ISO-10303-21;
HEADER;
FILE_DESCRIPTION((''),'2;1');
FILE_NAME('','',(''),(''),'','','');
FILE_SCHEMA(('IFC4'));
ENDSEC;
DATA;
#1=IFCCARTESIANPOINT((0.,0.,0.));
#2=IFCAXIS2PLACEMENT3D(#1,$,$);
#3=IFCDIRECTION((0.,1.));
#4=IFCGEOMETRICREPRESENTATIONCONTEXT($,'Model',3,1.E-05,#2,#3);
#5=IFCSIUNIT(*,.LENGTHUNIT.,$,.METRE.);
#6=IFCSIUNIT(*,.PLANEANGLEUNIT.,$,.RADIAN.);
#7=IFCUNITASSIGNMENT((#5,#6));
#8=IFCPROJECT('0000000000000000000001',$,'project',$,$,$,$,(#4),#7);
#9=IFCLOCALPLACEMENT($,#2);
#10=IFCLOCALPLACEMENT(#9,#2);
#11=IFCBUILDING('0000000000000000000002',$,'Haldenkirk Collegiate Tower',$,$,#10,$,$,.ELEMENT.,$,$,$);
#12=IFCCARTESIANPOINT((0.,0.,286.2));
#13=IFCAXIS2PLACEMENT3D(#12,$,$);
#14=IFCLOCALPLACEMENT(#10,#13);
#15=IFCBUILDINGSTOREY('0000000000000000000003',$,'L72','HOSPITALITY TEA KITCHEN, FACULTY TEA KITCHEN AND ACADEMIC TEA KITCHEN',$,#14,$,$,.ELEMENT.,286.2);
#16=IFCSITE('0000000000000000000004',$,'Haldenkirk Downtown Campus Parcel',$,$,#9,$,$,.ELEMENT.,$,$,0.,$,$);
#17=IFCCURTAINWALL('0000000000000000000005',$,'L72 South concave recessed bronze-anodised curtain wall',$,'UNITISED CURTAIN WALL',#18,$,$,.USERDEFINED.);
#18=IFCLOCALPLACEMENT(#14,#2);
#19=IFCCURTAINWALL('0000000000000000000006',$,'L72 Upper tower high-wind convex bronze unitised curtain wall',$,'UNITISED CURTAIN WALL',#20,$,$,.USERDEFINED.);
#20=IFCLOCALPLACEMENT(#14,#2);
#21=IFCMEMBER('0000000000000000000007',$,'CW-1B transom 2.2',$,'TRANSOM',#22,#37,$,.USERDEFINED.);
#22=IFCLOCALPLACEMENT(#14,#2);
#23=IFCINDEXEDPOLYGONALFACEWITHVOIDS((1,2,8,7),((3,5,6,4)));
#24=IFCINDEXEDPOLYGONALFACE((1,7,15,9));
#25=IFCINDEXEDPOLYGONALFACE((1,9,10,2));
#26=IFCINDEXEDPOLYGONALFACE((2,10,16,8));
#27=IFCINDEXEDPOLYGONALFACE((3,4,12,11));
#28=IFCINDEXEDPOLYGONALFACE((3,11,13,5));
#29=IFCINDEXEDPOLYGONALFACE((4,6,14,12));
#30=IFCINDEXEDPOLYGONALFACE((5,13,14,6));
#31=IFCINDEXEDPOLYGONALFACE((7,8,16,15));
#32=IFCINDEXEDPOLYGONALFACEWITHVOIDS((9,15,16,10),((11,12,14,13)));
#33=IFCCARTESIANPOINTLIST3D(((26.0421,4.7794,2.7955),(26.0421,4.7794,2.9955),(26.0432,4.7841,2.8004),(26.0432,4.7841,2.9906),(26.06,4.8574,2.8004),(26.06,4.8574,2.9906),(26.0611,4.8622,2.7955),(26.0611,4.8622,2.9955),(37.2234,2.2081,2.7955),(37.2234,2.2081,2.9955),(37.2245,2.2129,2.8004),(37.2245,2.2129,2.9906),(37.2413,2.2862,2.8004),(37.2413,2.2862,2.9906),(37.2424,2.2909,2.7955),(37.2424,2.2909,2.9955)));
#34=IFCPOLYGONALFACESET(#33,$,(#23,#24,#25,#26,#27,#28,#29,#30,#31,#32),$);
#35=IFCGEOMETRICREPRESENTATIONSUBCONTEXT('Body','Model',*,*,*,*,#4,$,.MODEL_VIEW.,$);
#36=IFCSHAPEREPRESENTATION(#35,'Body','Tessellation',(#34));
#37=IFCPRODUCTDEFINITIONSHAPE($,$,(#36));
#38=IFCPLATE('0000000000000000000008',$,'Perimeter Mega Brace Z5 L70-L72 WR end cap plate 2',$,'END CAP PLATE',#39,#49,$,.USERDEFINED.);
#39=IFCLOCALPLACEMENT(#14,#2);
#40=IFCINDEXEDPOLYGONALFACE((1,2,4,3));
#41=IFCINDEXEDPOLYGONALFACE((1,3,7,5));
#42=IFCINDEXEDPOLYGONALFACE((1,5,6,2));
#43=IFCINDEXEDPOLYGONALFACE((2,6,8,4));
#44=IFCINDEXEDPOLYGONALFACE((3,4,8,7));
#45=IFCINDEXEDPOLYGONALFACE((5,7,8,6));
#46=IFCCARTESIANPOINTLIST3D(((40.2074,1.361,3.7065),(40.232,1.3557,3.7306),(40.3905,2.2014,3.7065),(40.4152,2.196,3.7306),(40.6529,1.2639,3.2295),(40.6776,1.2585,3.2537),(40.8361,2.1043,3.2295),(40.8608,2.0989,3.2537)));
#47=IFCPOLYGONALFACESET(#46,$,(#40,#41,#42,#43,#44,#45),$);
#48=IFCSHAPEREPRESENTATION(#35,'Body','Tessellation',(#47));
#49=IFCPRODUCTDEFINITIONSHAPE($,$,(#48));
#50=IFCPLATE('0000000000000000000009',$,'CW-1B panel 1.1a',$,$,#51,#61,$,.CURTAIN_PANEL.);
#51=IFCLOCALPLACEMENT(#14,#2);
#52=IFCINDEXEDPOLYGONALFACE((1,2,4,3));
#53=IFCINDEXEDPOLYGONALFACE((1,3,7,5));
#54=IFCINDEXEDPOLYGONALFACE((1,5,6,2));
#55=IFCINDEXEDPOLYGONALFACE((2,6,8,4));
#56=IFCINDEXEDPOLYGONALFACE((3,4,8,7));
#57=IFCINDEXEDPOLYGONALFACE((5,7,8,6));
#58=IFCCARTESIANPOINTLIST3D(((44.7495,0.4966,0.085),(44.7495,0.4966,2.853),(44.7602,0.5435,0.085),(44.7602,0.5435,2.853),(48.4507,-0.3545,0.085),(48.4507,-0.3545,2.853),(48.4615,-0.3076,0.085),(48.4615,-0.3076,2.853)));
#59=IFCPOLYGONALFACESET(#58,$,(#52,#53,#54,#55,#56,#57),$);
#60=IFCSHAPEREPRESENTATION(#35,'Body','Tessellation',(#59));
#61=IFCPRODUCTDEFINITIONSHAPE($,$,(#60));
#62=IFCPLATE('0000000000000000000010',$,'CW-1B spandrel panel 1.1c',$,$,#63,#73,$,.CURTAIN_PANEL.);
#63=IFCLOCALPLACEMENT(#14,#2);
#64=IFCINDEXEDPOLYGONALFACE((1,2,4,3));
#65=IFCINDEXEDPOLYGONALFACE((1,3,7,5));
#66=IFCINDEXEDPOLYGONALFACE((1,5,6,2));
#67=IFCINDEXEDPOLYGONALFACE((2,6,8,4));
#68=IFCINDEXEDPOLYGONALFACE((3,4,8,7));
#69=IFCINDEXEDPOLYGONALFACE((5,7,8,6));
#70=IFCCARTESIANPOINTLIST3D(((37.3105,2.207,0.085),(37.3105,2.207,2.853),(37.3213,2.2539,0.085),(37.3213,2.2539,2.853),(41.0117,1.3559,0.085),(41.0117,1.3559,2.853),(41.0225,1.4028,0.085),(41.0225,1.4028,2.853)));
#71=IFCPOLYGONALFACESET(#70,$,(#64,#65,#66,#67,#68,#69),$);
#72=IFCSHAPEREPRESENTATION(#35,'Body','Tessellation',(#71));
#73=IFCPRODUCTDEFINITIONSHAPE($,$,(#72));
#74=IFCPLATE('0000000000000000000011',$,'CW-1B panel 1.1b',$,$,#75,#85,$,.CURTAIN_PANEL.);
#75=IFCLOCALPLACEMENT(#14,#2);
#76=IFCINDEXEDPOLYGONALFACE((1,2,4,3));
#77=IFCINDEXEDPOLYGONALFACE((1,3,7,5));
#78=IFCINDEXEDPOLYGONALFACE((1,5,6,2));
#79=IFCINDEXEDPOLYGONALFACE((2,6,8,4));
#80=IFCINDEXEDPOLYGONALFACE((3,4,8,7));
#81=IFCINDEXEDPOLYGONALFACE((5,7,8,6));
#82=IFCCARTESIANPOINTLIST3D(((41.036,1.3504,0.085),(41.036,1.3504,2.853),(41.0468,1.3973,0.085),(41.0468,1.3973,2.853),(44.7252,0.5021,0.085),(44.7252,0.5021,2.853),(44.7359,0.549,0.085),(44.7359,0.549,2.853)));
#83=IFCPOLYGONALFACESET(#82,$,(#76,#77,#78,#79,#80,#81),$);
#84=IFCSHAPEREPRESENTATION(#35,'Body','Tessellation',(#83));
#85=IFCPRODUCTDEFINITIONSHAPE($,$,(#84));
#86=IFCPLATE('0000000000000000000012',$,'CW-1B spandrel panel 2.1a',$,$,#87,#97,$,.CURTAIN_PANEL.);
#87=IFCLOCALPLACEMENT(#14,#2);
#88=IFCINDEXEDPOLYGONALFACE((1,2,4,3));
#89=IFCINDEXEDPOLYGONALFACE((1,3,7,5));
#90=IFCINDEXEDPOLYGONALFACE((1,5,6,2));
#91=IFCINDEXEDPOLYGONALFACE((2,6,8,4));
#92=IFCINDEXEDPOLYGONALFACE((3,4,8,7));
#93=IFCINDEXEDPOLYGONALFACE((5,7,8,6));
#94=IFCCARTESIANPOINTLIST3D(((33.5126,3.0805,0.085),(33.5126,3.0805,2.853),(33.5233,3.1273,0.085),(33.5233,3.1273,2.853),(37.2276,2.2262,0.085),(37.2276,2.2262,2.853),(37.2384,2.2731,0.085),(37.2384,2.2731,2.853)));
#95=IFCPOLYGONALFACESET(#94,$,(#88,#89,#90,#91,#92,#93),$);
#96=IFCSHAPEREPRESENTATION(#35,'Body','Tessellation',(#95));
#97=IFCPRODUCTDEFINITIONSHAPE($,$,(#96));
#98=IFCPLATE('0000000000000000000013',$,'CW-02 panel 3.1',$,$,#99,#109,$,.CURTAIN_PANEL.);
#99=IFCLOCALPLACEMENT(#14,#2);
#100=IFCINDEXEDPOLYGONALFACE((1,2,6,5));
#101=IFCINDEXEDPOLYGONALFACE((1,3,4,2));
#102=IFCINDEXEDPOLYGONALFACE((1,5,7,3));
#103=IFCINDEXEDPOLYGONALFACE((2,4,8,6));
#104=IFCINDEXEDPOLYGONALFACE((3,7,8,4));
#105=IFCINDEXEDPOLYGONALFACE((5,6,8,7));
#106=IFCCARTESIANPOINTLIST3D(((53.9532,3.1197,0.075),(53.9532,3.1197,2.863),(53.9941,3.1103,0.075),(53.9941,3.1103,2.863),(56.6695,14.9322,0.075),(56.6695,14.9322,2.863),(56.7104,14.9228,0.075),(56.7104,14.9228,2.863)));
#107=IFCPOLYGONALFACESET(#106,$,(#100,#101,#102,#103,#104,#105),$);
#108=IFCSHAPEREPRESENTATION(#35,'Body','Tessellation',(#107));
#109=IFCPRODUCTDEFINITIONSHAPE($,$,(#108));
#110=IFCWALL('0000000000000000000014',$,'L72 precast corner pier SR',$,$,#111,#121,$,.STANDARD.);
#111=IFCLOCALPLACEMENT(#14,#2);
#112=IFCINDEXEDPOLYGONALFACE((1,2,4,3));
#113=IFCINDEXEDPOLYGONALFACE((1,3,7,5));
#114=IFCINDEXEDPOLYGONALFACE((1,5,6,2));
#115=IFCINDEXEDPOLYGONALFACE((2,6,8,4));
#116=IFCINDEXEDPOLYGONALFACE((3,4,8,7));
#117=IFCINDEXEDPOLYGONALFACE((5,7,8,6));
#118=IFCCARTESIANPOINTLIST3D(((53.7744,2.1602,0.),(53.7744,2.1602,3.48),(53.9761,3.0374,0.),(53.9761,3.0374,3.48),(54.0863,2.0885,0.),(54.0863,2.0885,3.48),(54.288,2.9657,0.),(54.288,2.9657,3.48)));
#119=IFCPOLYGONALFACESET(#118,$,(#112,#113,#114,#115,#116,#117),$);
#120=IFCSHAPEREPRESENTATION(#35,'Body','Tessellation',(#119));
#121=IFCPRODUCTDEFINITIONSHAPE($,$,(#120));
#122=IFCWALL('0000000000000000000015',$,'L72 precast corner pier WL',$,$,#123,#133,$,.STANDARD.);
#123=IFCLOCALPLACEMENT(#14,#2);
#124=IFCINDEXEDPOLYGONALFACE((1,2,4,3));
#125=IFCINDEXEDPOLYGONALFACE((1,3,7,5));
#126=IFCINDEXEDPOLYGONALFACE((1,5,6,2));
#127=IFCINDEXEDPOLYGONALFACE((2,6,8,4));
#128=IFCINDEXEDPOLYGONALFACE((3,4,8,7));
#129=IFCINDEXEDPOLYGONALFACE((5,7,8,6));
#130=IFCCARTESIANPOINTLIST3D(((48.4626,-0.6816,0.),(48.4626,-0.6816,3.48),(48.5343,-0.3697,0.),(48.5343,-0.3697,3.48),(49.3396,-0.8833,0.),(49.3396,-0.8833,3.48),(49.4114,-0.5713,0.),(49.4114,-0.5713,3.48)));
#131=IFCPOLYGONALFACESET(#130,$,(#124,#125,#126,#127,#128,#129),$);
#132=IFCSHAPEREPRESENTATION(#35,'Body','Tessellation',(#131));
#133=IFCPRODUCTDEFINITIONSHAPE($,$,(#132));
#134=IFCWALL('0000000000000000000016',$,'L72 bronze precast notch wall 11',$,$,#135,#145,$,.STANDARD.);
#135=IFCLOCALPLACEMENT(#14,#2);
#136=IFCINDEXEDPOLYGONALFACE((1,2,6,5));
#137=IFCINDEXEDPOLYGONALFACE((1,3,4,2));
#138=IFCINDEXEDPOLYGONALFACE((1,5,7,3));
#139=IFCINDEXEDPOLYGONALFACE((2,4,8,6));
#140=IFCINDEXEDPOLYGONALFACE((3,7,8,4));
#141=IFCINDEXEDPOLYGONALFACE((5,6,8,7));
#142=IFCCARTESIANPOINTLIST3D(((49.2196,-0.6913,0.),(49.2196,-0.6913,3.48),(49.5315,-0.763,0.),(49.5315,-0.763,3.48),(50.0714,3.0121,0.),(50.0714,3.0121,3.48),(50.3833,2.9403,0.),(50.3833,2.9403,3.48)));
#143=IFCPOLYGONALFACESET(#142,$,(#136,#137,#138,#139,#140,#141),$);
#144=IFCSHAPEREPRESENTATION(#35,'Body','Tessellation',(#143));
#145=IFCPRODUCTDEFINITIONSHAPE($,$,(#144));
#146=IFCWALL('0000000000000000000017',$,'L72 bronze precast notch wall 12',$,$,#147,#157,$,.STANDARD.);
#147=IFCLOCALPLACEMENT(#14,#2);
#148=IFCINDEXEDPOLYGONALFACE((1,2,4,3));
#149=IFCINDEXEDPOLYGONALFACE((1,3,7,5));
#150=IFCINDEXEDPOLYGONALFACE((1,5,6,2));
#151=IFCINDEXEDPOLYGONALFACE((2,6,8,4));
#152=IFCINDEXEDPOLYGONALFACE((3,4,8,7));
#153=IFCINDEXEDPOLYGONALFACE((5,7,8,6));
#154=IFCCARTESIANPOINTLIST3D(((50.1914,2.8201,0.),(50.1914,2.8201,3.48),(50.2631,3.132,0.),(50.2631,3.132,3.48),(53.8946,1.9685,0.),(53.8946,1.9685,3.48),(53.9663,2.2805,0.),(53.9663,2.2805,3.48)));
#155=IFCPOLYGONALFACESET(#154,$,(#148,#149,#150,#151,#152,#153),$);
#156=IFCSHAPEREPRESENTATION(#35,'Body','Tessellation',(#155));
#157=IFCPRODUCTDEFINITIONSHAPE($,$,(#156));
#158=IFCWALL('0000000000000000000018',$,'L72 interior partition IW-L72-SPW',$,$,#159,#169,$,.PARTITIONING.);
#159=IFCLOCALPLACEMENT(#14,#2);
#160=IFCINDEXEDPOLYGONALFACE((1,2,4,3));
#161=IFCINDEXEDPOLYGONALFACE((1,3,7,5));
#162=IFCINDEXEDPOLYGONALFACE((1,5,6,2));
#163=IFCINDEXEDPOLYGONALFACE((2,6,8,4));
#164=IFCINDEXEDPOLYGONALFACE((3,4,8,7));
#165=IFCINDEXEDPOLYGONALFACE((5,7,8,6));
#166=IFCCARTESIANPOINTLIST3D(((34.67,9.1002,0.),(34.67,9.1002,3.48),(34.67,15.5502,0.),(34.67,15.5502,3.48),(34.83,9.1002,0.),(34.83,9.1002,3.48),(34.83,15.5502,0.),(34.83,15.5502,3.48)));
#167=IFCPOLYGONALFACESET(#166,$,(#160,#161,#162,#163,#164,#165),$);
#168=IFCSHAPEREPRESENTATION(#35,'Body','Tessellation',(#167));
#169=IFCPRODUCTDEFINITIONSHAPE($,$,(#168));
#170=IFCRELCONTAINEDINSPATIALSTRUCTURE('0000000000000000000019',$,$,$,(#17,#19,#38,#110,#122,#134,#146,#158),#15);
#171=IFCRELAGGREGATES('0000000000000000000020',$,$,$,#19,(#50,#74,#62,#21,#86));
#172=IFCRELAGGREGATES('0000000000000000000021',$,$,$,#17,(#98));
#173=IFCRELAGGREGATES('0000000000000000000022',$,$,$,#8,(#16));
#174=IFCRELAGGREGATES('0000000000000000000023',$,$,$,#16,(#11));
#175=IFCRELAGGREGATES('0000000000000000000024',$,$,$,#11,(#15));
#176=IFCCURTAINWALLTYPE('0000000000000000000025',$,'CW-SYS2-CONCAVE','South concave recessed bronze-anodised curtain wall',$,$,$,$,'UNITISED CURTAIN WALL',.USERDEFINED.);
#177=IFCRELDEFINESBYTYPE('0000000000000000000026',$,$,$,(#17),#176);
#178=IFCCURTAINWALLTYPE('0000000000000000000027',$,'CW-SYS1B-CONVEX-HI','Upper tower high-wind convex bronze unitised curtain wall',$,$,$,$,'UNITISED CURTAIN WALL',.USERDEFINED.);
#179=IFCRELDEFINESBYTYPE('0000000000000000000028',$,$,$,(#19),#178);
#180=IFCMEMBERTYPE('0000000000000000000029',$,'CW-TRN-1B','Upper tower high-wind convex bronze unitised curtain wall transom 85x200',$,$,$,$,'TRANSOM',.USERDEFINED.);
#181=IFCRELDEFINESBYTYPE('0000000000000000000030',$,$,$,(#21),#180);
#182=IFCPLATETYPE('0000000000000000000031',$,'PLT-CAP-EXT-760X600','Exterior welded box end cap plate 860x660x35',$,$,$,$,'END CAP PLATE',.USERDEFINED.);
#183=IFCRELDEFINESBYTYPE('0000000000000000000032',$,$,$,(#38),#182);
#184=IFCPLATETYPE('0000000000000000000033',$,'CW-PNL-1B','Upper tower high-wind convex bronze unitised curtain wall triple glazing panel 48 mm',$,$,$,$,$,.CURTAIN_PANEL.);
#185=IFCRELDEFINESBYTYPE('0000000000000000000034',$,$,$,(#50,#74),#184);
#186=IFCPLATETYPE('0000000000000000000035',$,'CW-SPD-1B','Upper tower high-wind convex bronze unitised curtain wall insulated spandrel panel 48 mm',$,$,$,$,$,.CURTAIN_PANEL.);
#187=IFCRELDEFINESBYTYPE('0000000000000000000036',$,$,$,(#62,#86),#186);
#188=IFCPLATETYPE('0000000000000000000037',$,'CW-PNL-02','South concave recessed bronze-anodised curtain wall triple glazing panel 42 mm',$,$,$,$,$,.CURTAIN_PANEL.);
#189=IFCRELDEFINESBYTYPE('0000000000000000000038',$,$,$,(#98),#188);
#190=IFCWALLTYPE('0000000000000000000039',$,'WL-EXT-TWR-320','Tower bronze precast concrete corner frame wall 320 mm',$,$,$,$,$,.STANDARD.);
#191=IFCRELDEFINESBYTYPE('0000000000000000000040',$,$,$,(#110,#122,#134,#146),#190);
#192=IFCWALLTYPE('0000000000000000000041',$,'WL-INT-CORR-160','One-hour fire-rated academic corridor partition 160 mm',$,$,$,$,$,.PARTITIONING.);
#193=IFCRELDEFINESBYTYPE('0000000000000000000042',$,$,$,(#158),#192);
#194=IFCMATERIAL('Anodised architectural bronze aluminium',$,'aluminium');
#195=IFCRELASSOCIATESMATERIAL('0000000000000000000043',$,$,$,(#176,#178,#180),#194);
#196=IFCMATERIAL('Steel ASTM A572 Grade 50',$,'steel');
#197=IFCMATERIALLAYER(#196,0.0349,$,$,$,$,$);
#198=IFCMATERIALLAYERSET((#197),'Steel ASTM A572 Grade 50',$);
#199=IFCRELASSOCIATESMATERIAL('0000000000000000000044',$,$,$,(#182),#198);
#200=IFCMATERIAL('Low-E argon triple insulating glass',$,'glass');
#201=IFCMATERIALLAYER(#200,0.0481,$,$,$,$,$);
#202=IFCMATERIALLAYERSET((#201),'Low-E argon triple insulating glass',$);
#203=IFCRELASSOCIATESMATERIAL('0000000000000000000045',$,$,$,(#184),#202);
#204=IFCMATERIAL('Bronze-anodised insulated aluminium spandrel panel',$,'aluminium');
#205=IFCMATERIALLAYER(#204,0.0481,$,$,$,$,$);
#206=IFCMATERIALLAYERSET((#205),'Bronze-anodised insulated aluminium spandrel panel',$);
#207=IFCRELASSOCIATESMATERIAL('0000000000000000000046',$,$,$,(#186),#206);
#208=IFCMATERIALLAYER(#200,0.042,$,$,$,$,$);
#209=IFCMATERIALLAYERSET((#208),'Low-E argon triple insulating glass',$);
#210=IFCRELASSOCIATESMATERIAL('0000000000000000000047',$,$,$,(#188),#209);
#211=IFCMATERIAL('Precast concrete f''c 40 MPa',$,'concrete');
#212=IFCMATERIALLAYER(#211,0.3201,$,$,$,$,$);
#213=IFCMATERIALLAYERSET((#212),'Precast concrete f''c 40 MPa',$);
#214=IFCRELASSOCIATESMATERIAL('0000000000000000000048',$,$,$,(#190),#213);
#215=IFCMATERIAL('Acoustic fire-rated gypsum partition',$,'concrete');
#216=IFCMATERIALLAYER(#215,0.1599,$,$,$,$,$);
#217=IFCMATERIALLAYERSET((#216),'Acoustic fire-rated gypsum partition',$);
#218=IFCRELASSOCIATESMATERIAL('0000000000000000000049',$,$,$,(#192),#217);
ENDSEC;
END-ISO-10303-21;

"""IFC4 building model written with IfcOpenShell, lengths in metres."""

from ifc_helpers import new_model, si_unit, direction, frame, frame_2d, origin, origin_2d, place, context, subcontext, project, spatial, rectangle, hollow_rectangle, extrude, source, transform, mapped, material, layer, layer_set, material_profile, profile_set, type_object, element, aggregate, save


model = new_model("IFC4")

# Units and contexts
model_context = context("Model", 3, precision=1e-05, world=origin(), true_north=direction((0.0, 1.0)))
body_context = subcontext(model_context, "Body", "Model", "MODEL_VIEW")
ifc_project = project(units=[si_unit("LENGTHUNIT", "METRE"), si_unit("PLANEANGLEUNIT", "RADIAN")], contexts=[model_context])

# Site, building, storey
site_placement = place(None, origin())
site = spatial("IfcSite", under=ifc_project, at=site_placement, Name="Haldenkirk Downtown Campus Parcel", CompositionType="ELEMENT", RefElevation=0.0)
building_placement = place(site_placement, origin())
building = spatial("IfcBuilding", under=site, at=building_placement, Name="Haldenkirk Collegiate Tower", CompositionType="ELEMENT")
storey_placement = place(building_placement, frame((0.0, 0.0, 286.2)))
storey = spatial("IfcBuildingStorey", under=building, at=storey_placement, Name="L72", Description="HOSPITALITY TEA KITCHEN, FACULTY TEA KITCHEN AND ACADEMIC TEA KITCHEN", CompositionType="ELEMENT", Elevation=286.2)

# Shared definitions
ifc_material_1 = material(Name="Steel ASTM A572 Grade 50", Category="steel")

# Curtain walls
ifc_material_2 = material(Name="Anodised architectural bronze aluminium", Category="aluminium")
curtain_wall_type_1 = type_object("IfcCurtainWallType", Name="CW-SYS2-CONCAVE", Description="South concave recessed bronze-anodised curtain wall", ElementType="UNITISED CURTAIN WALL", PredefinedType="USERDEFINED", material=ifc_material_2)
curtain_wall_1_placement = place(storey_placement, origin())
curtain_wall_1 = element("IfcCurtainWall", 1, at=curtain_wall_1_placement, inside=storey, type_object=curtain_wall_type_1, Name="L72 South concave recessed bronze-anodised curtain wall", ObjectType="UNITISED CURTAIN WALL", PredefinedType="USERDEFINED")
curtain_wall_type_2 = type_object("IfcCurtainWallType", Name="CW-SYS1B-CONVEX-HI", Description="Upper tower high-wind convex bronze unitised curtain wall", ElementType="UNITISED CURTAIN WALL", PredefinedType="USERDEFINED", material=ifc_material_2)
curtain_wall_2_placement = place(storey_placement, origin())
curtain_wall_2 = element("IfcCurtainWall", 2, at=curtain_wall_2_placement, inside=storey, type_object=curtain_wall_type_2, Name="L72 Upper tower high-wind convex bronze unitised curtain wall", ObjectType="UNITISED CURTAIN WALL", PredefinedType="USERDEFINED")

# Member
ifc_material_profile_1 = material_profile(ifc_material_2, hollow_rectangle(XDim=0.085, YDim=0.2, WallThickness=0.0049, at=origin_2d()), Name="CW-TRN-1B")
ifc_profile_set_1 = profile_set([ifc_material_profile_1], Name="Anodised architectural bronze aluminium")
member_type_1 = type_object("IfcMemberType", Name="CW-TRN-1B", Description="Upper tower high-wind convex bronze unitised curtain wall transom 85x200", ElementType="TRANSOM", PredefinedType="USERDEFINED", material=ifc_profile_set_1)
member_1_placement = place(storey_placement, frame((37.2329, 2.2495, 2.8955), z_axis=(-0.974563, 0.224112, 0.0), x_axis=(-0.224112, -0.974563, 0.0)))
member_1 = element("IfcMember", 3, at=member_1_placement, type_object=member_type_1, Name="CW-1B transom 2.2", ObjectType="TRANSOM", PredefinedType="USERDEFINED", context=body_context, shape_type="SweptSolid", body=[
    extrude(hollow_rectangle(XDim=0.085, YDim=0.2, WallThickness=0.0049, at=origin_2d()), origin(), (0.0, 0.0, 1.0), 11.4731),
])

# Plates
ifc_layer_1 = layer(ifc_material_1, 0.0349)
ifc_layer_set_1 = layer_set([ifc_layer_1], Name="Steel ASTM A572 Grade 50")
plate_type_1 = type_object("IfcPlateType", Name="PLT-CAP-EXT-760X600", Description="Exterior welded box end cap plate 860x660x35", ElementType="END CAP PLATE", PredefinedType="USERDEFINED", material=ifc_layer_set_1)
shared_shape_1 = source(origin(), body_context, "Body", "SweptSolid", [
    extrude(rectangle(XDim=0.8601, YDim=0.6599, at=origin_2d()), origin(), (0.0, 0.0, 1.0), 0.0349),
])
plate_1_placement = place(storey_placement, frame((40.5217, 1.7327, 3.468), z_axis=(0.706196, -0.153912, 0.691085), x_axis=(0.212947, 0.977064, 0.0)))
element("IfcPlate", 4, at=plate_1_placement, inside=storey, type_object=plate_type_1, Name="Perimeter Mega Brace Z5 L70-L72 WR end cap plate 2", ObjectType="END CAP PLATE", PredefinedType="USERDEFINED", context=body_context, shape_type="MappedRepresentation", body=[
    mapped(shared_shape_1, transform((0.0, 0.0, 0.0), x_axis=(1.0, 0.0, 0.0), y_axis=(0.0, 1.0, 0.0), z_axis=(0.0, 0.0, 1.0), scale=1.0)),
])
ifc_material_3 = material(Name="Low-E argon triple insulating glass", Category="glass")
ifc_layer_2 = layer(ifc_material_3, 0.0481)
ifc_layer_set_2 = layer_set([ifc_layer_2], Name="Low-E argon triple insulating glass")
plate_type_2 = type_object("IfcPlateType", Name="CW-PNL-1B", Description="Upper tower high-wind convex bronze unitised curtain wall triple glazing panel 48 mm", PredefinedType="CURTAIN_PANEL", material=ifc_layer_set_2)
shared_shape_2 = source(origin(), body_context, "Body", "SweptSolid", [
    extrude(rectangle(XDim=3.7979, YDim=0.0481, at=origin_2d()), origin(), (0.0, 0.0, 1.0), 2.7681),
])
plate_2_placement = place(storey_placement, frame((46.6055, 0.0945, 0.085), z_axis=(0.0, 0.0, 1.0), x_axis=(-0.974566, 0.224101, 0.0)))
plate_2 = element("IfcPlate", 5, at=plate_2_placement, type_object=plate_type_2, Name="CW-1B panel 1.1a", PredefinedType="CURTAIN_PANEL", context=body_context, shape_type="MappedRepresentation", body=[
    mapped(shared_shape_2, transform((0.0, 0.0, 0.0), x_axis=(1.0, 0.0, 0.0), y_axis=(0.0, 1.0, 0.0), z_axis=(0.0, 0.0, 1.0), scale=1.0)),
])
ifc_material_4 = material(Name="Bronze-anodised insulated aluminium spandrel panel", Category="aluminium")
ifc_layer_3 = layer(ifc_material_4, 0.0481)
ifc_layer_set_3 = layer_set([ifc_layer_3], Name="Bronze-anodised insulated aluminium spandrel panel")
plate_type_3 = type_object("IfcPlateType", Name="CW-SPD-1B", Description="Upper tower high-wind convex bronze unitised curtain wall insulated spandrel panel 48 mm", PredefinedType="CURTAIN_PANEL", material=ifc_layer_set_3)
plate_3_placement = place(storey_placement, frame((39.1665, 1.8049, 0.085), z_axis=(0.0, 0.0, 1.0), x_axis=(-0.974566, 0.224101, 0.0)))
plate_3 = element("IfcPlate", 6, at=plate_3_placement, type_object=plate_type_3, Name="CW-1B spandrel panel 1.1c", PredefinedType="CURTAIN_PANEL", context=body_context, shape_type="MappedRepresentation", body=[
    mapped(shared_shape_2, transform((0.0, 0.0, 0.0), x_axis=(1.0, 0.0, 0.0), y_axis=(0.0, 1.0, 0.0), z_axis=(0.0, 0.0, 1.0), scale=1.0)),
])
shared_shape_3 = source(origin(), body_context, "Body", "SweptSolid", [
    extrude(rectangle(XDim=3.7854, YDim=0.0481, at=origin_2d()), origin(), (0.0, 0.0, 1.0), 2.7681),
])
plate_4_placement = place(storey_placement, frame((42.886, 0.9497, 0.085), z_axis=(0.0, 0.0, 1.0), x_axis=(-0.974566, 0.224101, 0.0)))
plate_4 = element("IfcPlate", 7, at=plate_4_placement, type_object=plate_type_2, Name="CW-1B panel 1.1b", PredefinedType="CURTAIN_PANEL", context=body_context, shape_type="MappedRepresentation", body=[
    mapped(shared_shape_3, transform((0.0, 0.0, 0.0), x_axis=(1.0, 0.0, 0.0), y_axis=(0.0, 1.0, 0.0), z_axis=(0.0, 0.0, 1.0), scale=1.0)),
])
shared_shape_4 = source(origin(), body_context, "Body", "SweptSolid", [
    extrude(rectangle(XDim=3.812, YDim=0.0481, at=origin_2d()), origin(), (0.0, 0.0, 1.0), 2.7681),
])
plate_5_placement = place(storey_placement, frame((35.3755, 2.6768, 0.085), z_axis=(0.0, 0.0, 1.0), x_axis=(-0.974566, 0.224101, 0.0)))
plate_5 = element("IfcPlate", 8, at=plate_5_placement, type_object=plate_type_3, Name="CW-1B spandrel panel 2.1a", PredefinedType="CURTAIN_PANEL", context=body_context, shape_type="MappedRepresentation", body=[
    mapped(shared_shape_4, transform((0.0, 0.0, 0.0), x_axis=(1.0, 0.0, 0.0), y_axis=(0.0, 1.0, 0.0), z_axis=(0.0, 0.0, 1.0), scale=1.0)),
])
aggregate(curtain_wall_2, [plate_2, plate_4, plate_3, member_1, plate_5])
ifc_layer_4 = layer(ifc_material_3, 0.042)
ifc_layer_set_4 = layer_set([ifc_layer_4], Name="Low-E argon triple insulating glass")
plate_type_4 = type_object("IfcPlateType", Name="CW-PNL-02", Description="South concave recessed bronze-anodised curtain wall triple glazing panel 42 mm", PredefinedType="CURTAIN_PANEL", material=ifc_layer_set_4)
shared_shape_5 = source(origin(), body_context, "Body", "SweptSolid", [
    extrude(rectangle(XDim=12.1208, YDim=0.042, at=origin_2d()), origin(), (0.0, 0.0, 1.0), 2.7881),
])
plate_6_placement = place(storey_placement, frame((55.3318, 9.0212, 0.075), z_axis=(0.0, 0.0, 1.0), x_axis=(-0.224101, -0.974566, 0.0)))
plate_6 = element("IfcPlate", 9, at=plate_6_placement, type_object=plate_type_4, Name="CW-02 panel 3.1", PredefinedType="CURTAIN_PANEL", context=body_context, shape_type="MappedRepresentation", body=[
    mapped(shared_shape_5, transform((0.0, 0.0, 0.0), x_axis=(1.0, 0.0, 0.0), y_axis=(0.0, 1.0, 0.0), z_axis=(0.0, 0.0, 1.0), scale=1.0)),
])
aggregate(curtain_wall_1, [plate_6])

# Walls
ifc_material_5 = material(Name="Precast concrete f'c 40 MPa", Category="concrete")
ifc_layer_5 = layer(ifc_material_5, 0.3201)
ifc_layer_set_5 = layer_set([ifc_layer_5], Name="Precast concrete f'c 40 MPa")
wall_type_1 = type_object("IfcWallType", Name="WL-EXT-TWR-320", Description="Tower bronze precast concrete corner frame wall 320 mm", PredefinedType="STANDARD", material=ifc_layer_set_5)
wall_1_placement = place(storey_placement, frame((54.1321, 3.0017, 0.0), z_axis=(0.0, 0.0, 1.0), x_axis=(-0.224047, -0.974578, 0.0)))
element("IfcWall", 10, at=wall_1_placement, inside=storey, type_object=wall_type_1, Name="L72 precast corner pier SR", PredefinedType="STANDARD", context=body_context, shape_type="SweptSolid", body=[
    extrude(rectangle(XDim=0.9001, YDim=0.3201, at=frame_2d((0.4502, 0.0))), origin(), (0.0, 0.0, 1.0), 3.48),
])
wall_2_placement = place(storey_placement, frame((49.3755, -0.7273, 0.0), z_axis=(0.0, 0.0, 1.0), x_axis=(-0.974565, 0.224106, 0.0)))
element("IfcWall", 11, at=wall_2_placement, inside=storey, type_object=wall_type_1, Name="L72 precast corner pier WL", PredefinedType="STANDARD", context=body_context, shape_type="SweptSolid", body=[
    extrude(rectangle(XDim=0.8999, YDim=0.3201, at=frame_2d((0.45, 0.0))), origin(), (0.0, 0.0, 1.0), 3.48),
])
wall_3_placement = place(storey_placement, frame((50.2273, 2.9761, 0.0), z_axis=(0.0, 0.0, 1.0), x_axis=(-0.224156, -0.974553, 0.0)))
element("IfcWall", 12, at=wall_3_placement, inside=storey, type_object=wall_type_1, Name="L72 bronze precast notch wall 11", PredefinedType="STANDARD", context=body_context, shape_type="SweptSolid", body=[
    extrude(rectangle(XDim=3.8, YDim=0.3201, at=frame_2d((1.8999, 0.0))), origin(), (0.0, 0.0, 1.0), 3.48),
])
wall_4_placement = place(storey_placement, frame((53.9304, 2.1245, 0.0), z_axis=(0.0, 0.0, 1.0), x_axis=(-0.974564, 0.224109, 0.0)))
element("IfcWall", 13, at=wall_4_placement, inside=storey, type_object=wall_type_1, Name="L72 bronze precast notch wall 12", PredefinedType="STANDARD", context=body_context, shape_type="SweptSolid", body=[
    extrude(rectangle(XDim=3.7998, YDim=0.3201, at=frame_2d((1.8999, 0.0))), origin(), (0.0, 0.0, 1.0), 3.48),
])
ifc_material_6 = material(Name="Acoustic fire-rated gypsum partition", Category="concrete")
ifc_layer_6 = layer(ifc_material_6, 0.1599)
ifc_layer_set_6 = layer_set([ifc_layer_6], Name="Acoustic fire-rated gypsum partition")
wall_type_2 = type_object("IfcWallType", Name="WL-INT-CORR-160", Description="One-hour fire-rated academic corridor partition 160 mm", PredefinedType="PARTITIONING", material=ifc_layer_set_6)
for number, where, z_axis, x_axis, name in (
    (14, (34.75, 9.1001, 0.0), (0.0, 0.0, 1.0), (0.0, 1.0, 0.0), "L72 interior partition IW-L72-SPW"),
):
    element("IfcWall", number, at=place(storey_placement, frame(where, z_axis=z_axis, x_axis=x_axis)), inside=storey, type_object=wall_type_2, Name=name, PredefinedType="PARTITIONING", context=body_context, shape_type="SweptSolid", body=[
        extrude(rectangle(XDim=6.45, YDim=0.1599, at=frame_2d((3.2251, 0.0))), origin(), (0.0, 0.0, 1.0), 3.48),
    ])

save(model, "model.ifc")
